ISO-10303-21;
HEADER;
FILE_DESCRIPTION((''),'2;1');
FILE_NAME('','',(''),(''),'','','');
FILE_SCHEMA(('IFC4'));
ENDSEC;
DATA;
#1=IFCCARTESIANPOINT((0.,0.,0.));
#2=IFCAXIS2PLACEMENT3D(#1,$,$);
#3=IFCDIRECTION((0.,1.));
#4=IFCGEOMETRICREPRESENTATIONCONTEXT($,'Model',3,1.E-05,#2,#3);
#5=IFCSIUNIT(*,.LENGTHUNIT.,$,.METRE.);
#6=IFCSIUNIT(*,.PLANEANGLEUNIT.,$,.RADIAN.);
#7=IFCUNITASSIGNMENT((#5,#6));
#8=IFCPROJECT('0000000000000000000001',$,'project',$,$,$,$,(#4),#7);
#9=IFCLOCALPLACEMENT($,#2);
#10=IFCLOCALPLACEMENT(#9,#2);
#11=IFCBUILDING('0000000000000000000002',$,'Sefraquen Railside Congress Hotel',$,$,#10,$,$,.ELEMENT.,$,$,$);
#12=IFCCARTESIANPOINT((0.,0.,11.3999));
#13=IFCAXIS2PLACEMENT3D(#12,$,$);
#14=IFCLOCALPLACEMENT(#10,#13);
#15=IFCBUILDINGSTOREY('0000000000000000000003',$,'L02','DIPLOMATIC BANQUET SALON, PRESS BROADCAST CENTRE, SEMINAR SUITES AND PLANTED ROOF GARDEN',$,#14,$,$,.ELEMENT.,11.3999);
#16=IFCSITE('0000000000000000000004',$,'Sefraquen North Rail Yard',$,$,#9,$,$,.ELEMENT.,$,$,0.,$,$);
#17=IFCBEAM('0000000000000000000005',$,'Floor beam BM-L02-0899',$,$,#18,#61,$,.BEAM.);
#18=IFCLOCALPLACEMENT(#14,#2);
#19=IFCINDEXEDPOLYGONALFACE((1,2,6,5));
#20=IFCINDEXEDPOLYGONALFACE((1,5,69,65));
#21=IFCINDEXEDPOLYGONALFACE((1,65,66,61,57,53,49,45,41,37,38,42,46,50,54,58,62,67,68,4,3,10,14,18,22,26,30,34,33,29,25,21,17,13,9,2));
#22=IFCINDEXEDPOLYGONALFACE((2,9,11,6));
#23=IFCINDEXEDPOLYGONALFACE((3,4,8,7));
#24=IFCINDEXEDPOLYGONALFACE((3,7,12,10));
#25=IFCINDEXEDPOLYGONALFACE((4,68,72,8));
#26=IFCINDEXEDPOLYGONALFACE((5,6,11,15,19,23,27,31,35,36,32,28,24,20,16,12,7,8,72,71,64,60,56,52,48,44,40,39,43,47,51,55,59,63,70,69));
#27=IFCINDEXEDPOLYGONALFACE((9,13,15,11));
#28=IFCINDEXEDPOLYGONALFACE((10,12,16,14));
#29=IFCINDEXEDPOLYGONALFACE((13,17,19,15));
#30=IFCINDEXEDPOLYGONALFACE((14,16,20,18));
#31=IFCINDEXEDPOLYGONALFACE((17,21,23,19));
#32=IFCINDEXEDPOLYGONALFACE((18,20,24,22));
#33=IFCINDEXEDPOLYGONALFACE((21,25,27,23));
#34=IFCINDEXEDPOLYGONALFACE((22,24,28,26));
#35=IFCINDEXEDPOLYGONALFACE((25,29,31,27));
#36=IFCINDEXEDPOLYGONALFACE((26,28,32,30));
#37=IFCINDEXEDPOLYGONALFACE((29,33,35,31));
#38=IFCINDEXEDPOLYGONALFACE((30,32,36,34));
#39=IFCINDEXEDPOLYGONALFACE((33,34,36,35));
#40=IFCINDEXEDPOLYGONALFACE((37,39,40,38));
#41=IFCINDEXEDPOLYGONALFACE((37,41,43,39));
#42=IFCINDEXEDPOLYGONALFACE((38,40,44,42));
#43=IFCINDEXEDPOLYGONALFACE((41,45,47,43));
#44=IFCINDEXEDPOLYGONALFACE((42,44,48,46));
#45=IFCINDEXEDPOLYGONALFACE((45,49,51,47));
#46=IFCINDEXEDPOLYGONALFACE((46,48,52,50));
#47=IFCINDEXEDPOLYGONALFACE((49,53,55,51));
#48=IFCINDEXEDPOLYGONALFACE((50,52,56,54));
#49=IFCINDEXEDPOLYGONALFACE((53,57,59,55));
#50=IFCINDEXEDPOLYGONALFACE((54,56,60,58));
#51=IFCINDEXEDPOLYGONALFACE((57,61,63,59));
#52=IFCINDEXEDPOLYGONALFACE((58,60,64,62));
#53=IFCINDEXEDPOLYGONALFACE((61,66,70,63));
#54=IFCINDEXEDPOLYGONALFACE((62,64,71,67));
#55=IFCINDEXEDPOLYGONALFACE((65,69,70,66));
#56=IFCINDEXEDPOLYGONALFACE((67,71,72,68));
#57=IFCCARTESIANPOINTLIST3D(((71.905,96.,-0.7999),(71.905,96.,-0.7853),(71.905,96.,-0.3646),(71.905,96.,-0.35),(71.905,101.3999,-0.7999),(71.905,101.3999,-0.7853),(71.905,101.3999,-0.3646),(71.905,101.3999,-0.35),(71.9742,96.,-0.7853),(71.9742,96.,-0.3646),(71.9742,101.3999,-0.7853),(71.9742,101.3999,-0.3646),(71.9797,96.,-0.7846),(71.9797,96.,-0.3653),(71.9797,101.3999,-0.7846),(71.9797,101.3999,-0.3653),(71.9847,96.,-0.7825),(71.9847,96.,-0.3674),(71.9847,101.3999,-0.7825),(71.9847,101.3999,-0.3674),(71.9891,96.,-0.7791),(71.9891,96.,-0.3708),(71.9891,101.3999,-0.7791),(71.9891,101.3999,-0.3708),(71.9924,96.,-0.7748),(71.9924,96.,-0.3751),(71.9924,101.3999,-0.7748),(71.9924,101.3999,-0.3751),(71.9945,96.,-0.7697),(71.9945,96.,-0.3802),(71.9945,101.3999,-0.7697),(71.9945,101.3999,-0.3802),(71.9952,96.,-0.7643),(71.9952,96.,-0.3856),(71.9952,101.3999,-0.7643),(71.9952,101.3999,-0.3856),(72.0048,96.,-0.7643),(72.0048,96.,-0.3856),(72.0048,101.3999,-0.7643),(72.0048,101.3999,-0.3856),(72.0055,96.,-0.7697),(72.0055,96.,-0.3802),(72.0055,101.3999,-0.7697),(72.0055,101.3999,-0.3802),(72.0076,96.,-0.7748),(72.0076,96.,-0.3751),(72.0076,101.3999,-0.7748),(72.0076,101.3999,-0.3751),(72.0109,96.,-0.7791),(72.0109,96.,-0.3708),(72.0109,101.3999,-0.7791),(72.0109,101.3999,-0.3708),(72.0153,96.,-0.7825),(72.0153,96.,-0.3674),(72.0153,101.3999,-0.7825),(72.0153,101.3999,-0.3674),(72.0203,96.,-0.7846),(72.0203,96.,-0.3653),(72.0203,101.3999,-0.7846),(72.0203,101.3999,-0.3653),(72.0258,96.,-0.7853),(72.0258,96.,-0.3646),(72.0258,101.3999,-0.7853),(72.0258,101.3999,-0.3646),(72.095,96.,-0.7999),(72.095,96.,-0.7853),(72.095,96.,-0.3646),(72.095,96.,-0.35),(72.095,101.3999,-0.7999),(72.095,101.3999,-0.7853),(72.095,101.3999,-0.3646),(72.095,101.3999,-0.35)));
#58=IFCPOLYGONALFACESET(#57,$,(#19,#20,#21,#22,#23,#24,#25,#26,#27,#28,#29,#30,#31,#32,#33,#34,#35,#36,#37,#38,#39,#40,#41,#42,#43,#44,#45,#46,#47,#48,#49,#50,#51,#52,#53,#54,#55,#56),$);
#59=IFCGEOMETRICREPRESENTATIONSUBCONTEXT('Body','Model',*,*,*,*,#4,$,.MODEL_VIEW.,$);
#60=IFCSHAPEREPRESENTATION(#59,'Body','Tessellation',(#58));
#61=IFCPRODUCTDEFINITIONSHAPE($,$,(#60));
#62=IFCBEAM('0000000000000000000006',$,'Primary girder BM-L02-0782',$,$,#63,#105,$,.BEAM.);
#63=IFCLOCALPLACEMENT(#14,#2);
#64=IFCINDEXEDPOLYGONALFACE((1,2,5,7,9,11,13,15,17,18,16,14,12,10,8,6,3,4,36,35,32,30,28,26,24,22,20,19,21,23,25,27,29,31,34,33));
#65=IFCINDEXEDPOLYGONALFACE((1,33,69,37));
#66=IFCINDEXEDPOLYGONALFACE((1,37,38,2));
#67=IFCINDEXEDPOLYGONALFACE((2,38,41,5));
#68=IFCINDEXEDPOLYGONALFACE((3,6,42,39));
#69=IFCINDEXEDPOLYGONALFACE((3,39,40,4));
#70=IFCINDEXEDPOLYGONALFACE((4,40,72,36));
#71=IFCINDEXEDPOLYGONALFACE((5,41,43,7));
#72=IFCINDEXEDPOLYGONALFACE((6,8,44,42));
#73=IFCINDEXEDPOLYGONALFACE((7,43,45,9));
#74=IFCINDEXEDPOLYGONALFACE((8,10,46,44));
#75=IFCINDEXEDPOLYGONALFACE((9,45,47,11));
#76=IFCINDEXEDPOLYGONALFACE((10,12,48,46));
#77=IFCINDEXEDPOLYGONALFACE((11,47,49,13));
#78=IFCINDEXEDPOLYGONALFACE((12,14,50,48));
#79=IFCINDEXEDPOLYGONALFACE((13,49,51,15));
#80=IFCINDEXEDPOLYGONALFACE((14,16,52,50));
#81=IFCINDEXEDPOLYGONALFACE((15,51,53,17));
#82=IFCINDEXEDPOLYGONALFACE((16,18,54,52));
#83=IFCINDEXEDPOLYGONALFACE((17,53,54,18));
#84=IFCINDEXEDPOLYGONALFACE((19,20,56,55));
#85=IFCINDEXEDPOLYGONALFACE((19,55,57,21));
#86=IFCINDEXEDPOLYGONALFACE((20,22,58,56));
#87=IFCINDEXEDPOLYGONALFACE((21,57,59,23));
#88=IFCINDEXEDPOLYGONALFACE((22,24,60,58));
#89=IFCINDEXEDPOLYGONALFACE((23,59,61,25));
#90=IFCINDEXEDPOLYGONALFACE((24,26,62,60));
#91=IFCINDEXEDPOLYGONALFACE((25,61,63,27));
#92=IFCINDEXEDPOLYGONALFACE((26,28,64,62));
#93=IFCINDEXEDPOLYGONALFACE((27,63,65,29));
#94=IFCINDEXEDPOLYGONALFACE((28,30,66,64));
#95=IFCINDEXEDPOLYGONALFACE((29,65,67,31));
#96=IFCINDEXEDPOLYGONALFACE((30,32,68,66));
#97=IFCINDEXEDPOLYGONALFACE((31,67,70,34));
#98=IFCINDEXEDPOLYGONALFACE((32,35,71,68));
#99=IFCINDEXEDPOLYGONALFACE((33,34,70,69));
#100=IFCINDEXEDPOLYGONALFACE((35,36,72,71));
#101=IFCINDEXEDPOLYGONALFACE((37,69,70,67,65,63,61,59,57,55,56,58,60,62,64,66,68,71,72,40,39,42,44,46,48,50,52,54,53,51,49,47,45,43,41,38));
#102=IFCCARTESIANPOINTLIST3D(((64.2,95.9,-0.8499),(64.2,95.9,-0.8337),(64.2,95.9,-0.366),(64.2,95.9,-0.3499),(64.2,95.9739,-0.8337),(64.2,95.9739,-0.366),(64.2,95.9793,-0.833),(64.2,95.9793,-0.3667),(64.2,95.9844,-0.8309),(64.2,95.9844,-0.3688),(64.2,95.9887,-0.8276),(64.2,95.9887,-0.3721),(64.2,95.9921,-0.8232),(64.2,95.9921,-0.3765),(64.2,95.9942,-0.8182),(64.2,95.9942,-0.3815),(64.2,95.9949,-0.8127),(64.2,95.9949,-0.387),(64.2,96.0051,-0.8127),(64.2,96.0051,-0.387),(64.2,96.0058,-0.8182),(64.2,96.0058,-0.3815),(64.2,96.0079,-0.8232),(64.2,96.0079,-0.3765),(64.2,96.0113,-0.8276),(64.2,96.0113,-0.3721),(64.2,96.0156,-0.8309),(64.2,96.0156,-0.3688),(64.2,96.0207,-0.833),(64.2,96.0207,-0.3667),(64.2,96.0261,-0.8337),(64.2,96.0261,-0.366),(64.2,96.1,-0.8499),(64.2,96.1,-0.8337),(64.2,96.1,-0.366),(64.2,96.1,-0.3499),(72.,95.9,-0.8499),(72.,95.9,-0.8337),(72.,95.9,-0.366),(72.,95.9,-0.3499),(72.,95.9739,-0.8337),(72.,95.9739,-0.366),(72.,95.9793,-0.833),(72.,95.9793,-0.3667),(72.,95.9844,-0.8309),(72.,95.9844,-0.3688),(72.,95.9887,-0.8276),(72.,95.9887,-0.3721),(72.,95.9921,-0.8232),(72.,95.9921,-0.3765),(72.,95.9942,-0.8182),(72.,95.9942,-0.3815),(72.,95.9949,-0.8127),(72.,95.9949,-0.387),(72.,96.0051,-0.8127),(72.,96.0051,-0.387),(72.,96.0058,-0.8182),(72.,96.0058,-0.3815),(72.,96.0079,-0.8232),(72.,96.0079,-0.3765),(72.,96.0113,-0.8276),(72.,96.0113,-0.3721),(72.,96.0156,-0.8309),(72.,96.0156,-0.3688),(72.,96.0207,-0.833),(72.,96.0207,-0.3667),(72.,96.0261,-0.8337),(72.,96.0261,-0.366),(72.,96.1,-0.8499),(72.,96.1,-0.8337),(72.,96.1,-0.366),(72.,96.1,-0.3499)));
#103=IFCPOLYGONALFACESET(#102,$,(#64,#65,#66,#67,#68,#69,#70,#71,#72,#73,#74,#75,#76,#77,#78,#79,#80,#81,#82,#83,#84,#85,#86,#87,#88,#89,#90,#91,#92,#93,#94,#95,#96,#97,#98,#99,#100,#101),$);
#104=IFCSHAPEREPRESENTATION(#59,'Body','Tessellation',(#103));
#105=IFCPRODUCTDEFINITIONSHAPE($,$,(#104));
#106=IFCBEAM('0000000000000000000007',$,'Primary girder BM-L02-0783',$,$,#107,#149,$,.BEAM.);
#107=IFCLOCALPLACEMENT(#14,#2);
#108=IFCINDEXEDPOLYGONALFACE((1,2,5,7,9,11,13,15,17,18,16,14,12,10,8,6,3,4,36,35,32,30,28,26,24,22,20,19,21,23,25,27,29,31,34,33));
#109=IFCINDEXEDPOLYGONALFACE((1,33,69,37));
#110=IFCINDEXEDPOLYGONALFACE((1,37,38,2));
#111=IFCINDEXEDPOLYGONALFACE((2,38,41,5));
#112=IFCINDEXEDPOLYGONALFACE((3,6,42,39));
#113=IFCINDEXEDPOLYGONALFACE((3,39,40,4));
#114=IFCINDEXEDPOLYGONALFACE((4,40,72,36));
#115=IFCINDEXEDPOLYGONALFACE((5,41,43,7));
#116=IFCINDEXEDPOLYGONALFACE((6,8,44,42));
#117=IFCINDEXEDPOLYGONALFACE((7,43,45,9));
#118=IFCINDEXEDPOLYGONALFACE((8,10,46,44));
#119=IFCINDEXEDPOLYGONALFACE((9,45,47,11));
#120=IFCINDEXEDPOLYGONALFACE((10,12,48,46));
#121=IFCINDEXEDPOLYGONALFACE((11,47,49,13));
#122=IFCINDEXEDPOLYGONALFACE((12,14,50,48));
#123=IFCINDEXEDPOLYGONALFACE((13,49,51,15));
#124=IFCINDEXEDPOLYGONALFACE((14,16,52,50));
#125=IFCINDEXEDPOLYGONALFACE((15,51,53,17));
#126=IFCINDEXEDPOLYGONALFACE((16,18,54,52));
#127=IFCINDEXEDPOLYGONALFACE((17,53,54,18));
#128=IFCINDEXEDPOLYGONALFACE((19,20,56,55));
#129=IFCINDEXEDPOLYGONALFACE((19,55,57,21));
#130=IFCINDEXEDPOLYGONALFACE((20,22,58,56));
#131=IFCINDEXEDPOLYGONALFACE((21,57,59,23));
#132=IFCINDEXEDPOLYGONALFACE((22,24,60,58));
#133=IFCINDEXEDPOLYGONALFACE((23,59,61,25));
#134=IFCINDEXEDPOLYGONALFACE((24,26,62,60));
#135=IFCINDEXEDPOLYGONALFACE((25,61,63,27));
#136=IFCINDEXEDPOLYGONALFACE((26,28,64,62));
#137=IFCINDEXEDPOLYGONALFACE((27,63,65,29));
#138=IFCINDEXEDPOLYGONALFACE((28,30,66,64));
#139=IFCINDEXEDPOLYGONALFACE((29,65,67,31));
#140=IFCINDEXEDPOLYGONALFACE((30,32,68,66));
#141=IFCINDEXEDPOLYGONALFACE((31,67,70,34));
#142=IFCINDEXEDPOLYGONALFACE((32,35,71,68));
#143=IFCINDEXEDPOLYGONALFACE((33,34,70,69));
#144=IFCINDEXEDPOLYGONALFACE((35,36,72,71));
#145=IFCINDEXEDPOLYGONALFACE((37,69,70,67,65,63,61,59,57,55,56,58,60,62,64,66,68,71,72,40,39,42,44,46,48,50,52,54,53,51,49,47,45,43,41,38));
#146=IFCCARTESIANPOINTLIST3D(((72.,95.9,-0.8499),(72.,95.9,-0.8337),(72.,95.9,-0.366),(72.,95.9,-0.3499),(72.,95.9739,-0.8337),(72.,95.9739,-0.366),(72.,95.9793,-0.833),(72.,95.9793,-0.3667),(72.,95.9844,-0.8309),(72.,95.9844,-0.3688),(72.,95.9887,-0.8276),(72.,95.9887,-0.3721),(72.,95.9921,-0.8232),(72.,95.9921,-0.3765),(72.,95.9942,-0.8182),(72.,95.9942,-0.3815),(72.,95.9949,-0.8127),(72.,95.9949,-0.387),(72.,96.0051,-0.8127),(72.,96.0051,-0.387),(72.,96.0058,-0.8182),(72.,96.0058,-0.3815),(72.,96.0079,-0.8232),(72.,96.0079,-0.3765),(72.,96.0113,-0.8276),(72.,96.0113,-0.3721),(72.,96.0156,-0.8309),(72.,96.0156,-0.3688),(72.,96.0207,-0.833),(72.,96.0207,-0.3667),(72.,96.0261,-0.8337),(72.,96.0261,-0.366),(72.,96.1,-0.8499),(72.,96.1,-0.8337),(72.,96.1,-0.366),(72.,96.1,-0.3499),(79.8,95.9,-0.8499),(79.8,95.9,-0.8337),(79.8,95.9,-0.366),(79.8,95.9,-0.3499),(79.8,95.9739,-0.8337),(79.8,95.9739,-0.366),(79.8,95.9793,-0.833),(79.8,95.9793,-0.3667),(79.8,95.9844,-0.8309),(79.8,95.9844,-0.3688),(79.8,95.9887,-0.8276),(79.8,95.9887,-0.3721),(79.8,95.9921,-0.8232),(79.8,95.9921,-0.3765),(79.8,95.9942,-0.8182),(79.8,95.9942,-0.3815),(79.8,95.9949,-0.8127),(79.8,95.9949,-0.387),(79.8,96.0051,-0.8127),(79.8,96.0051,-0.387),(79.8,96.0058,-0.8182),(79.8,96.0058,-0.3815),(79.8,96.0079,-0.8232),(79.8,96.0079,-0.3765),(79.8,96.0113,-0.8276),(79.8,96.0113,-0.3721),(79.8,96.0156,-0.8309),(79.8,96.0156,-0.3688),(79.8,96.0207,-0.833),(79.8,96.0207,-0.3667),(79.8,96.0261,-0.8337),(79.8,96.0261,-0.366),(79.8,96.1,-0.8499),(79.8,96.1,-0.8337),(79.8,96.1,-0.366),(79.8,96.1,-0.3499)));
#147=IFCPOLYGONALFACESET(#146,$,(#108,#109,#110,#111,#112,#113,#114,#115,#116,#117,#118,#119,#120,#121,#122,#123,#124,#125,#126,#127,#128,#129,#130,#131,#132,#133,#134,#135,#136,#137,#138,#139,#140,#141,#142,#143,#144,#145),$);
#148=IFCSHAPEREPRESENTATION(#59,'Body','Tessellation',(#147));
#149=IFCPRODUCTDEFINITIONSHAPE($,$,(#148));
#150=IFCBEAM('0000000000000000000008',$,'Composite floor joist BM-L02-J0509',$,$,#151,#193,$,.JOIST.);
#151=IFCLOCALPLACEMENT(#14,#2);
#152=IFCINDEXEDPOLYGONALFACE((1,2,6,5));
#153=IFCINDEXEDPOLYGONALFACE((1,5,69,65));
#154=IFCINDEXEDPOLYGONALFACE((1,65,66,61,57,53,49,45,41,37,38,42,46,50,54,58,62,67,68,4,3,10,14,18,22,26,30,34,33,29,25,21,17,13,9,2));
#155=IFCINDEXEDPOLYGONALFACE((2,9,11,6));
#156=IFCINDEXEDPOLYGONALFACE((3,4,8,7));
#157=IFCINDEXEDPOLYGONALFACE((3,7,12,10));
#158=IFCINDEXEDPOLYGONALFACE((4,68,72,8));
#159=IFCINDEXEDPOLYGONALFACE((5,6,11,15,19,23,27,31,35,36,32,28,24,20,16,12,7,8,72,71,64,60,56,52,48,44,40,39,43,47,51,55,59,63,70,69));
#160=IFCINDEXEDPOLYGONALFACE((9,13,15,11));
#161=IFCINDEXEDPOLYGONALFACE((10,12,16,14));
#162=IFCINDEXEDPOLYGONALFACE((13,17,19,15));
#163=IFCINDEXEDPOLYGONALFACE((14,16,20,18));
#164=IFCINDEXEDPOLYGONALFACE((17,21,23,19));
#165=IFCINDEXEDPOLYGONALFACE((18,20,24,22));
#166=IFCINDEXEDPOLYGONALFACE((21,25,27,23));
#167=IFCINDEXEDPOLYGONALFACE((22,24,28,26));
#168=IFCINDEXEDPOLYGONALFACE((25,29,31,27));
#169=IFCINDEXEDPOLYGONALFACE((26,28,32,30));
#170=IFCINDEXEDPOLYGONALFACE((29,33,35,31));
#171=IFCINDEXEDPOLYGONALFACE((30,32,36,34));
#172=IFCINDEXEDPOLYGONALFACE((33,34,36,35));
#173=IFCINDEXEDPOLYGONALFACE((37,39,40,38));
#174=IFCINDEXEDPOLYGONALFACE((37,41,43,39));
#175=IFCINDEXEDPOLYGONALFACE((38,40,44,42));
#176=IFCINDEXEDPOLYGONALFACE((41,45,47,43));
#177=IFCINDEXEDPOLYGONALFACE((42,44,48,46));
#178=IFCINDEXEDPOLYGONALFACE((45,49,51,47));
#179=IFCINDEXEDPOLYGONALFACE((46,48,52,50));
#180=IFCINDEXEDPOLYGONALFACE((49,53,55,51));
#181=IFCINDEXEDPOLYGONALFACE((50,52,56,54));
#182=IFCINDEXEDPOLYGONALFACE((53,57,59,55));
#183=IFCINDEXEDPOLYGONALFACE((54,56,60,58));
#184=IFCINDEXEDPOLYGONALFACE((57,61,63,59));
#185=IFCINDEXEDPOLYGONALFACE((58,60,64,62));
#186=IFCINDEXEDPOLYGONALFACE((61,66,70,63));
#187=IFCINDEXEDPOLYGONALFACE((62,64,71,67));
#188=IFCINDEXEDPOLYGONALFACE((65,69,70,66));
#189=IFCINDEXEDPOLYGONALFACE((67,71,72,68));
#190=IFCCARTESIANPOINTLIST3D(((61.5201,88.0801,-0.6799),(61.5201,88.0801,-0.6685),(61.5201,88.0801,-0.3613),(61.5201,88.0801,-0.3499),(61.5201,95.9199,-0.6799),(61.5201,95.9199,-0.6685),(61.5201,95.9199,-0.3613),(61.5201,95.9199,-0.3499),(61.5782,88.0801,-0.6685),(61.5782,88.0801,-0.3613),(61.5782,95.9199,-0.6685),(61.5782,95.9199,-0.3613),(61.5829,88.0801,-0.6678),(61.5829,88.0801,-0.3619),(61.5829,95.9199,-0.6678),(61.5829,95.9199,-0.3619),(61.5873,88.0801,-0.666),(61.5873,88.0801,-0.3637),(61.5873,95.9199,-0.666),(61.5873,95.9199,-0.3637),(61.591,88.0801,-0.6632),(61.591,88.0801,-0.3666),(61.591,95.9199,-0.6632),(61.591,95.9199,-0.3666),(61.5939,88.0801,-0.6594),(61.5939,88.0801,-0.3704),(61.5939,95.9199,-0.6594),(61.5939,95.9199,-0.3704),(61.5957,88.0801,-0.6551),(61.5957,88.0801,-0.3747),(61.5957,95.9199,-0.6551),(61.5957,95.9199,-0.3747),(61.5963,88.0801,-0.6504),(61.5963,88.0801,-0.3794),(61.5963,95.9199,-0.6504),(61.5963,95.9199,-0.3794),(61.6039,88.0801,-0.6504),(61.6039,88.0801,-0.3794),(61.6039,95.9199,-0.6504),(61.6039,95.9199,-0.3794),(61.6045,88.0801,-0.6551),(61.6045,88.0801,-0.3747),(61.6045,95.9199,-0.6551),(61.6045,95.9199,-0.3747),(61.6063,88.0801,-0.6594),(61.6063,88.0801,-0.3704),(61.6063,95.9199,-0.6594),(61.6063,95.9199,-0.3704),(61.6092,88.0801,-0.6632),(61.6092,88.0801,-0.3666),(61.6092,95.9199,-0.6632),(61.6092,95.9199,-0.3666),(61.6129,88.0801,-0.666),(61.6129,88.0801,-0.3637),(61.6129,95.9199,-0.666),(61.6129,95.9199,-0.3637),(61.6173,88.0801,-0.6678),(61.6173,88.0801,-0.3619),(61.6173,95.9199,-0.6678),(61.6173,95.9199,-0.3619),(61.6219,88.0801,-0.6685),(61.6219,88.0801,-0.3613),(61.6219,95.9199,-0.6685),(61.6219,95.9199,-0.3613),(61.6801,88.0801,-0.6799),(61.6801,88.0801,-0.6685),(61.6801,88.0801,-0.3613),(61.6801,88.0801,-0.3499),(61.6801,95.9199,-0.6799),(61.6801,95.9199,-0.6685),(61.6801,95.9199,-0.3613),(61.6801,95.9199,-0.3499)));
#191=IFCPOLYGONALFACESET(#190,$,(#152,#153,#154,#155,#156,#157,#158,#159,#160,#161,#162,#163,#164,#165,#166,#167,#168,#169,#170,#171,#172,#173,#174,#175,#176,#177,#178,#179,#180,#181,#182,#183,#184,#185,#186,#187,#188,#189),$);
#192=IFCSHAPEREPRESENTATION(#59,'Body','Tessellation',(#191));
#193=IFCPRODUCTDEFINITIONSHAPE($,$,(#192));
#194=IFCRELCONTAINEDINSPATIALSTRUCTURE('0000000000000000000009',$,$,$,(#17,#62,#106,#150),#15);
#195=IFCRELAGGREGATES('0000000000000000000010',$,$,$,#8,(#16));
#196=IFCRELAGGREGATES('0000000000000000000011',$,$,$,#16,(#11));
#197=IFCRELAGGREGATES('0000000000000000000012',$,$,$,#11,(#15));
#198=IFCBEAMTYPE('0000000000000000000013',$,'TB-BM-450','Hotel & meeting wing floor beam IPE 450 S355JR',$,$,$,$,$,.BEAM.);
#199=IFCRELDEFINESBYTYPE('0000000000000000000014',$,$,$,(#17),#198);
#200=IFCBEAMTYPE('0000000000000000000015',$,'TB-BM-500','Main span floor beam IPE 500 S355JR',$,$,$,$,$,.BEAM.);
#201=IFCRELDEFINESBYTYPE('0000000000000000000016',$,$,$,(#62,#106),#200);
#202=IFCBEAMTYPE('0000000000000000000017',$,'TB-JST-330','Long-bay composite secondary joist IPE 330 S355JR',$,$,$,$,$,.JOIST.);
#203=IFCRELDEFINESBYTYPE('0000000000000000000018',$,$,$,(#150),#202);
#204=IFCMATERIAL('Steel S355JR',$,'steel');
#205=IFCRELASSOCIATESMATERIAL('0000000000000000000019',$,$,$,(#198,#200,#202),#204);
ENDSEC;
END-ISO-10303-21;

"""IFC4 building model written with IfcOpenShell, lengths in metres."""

from ifc_helpers import new_model, si_unit, direction, frame, origin, origin_2d, place, context, subcontext, project, spatial, i_section, extrude, material, material_profile, profile_set, type_object, element, save


model = new_model("IFC4")

# Units and contexts
model_context = context("Model", 3, precision=1e-05, world=origin(), true_north=direction((0.0, 1.0)))
body_context = subcontext(model_context, "Body", "Model", "MODEL_VIEW")
ifc_project = project(units=[si_unit("LENGTHUNIT", "METRE"), si_unit("PLANEANGLEUNIT", "RADIAN")], contexts=[model_context])

# Site, building, storey
site_placement = place(None, origin())
site = spatial("IfcSite", under=ifc_project, at=site_placement, Name="Sefraquen North Rail Yard", CompositionType="ELEMENT", RefElevation=0.0)
building_placement = place(site_placement, origin())
building = spatial("IfcBuilding", under=site, at=building_placement, Name="Sefraquen Railside Congress Hotel", CompositionType="ELEMENT")
storey_placement = place(building_placement, frame((0.0, 0.0, 11.3999)))
storey = spatial("IfcBuildingStorey", under=building, at=storey_placement, Name="L02", Description="DIPLOMATIC BANQUET SALON, PRESS BROADCAST CENTRE, SEMINAR SUITES AND PLANTED ROOF GARDEN", CompositionType="ELEMENT", Elevation=11.3999)

# Shared definitions
ifc_material_1 = material(Name="Steel S355JR", Category="steel")

# Beams
ifc_material_profile_1 = material_profile(ifc_material_1, i_section(OverallWidth=0.1899, OverallDepth=0.45, WebThickness=0.0095, FlangeThickness=0.0146, FilletRadius=0.021, at=origin_2d()), Name="IPE 450")
ifc_profile_set_1 = profile_set([ifc_material_profile_1], Name="Steel S355JR")
beam_type_1 = type_object("IfcBeamType", Name="TB-BM-450", Description="Hotel & meeting wing floor beam IPE 450 S355JR", PredefinedType="BEAM", material=ifc_profile_set_1)
for number, where, z_axis, x_axis, name in (
    (1, (72.0, 96.0, -0.575), (0.0, 1.0, 0.0), (-1.0, 0.0, 0.0), "Floor beam BM-L02-0899"),
):
    element("IfcBeam", number, at=place(storey_placement, frame(where, z_axis=z_axis, x_axis=x_axis)), inside=storey, type_object=beam_type_1, Name=name, PredefinedType="BEAM", context=body_context, shape_type="SweptSolid", body=[
        extrude(i_section(OverallWidth=0.1899, OverallDepth=0.45, WebThickness=0.0095, FlangeThickness=0.0146, FilletRadius=0.021, at=origin_2d()), origin(), (0.0, 0.0, 1.0), 5.3999),
    ])
ifc_material_profile_2 = material_profile(ifc_material_1, i_section(OverallWidth=0.2, OverallDepth=0.5, WebThickness=0.0103, FlangeThickness=0.0161, FilletRadius=0.021, at=origin_2d()), Name="IPE 500")
ifc_profile_set_2 = profile_set([ifc_material_profile_2], Name="Steel S355JR")
beam_type_2 = type_object("IfcBeamType", Name="TB-BM-500", Description="Main span floor beam IPE 500 S355JR", PredefinedType="BEAM", material=ifc_profile_set_2)
for number, where, z_axis, x_axis, name in (
    (2, (64.2, 96.0, -0.5999), (1.0, 0.0, 0.0), (0.0, 1.0, 0.0), "Primary girder BM-L02-0782"),
    (3, (72.0, 96.0, -0.5999), (1.0, 0.0, 0.0), (0.0, 1.0, 0.0), "Primary girder BM-L02-0783"),
):
    element("IfcBeam", number, at=place(storey_placement, frame(where, z_axis=z_axis, x_axis=x_axis)), inside=storey, type_object=beam_type_2, Name=name, PredefinedType="BEAM", context=body_context, shape_type="SweptSolid", body=[
        extrude(i_section(OverallWidth=0.2, OverallDepth=0.5, WebThickness=0.0103, FlangeThickness=0.0161, FilletRadius=0.021, at=origin_2d()), origin(), (0.0, 0.0, 1.0), 7.8),
    ])
ifc_material_profile_3 = material_profile(ifc_material_1, i_section(OverallWidth=0.1599, OverallDepth=0.3301, WebThickness=0.0076, FlangeThickness=0.0115, FilletRadius=0.0181, at=origin_2d()), Name="IPE 330")
ifc_profile_set_3 = profile_set([ifc_material_profile_3], Name="Steel S355JR")
beam_type_3 = type_object("IfcBeamType", Name="TB-JST-330", Description="Long-bay composite secondary joist IPE 330 S355JR", PredefinedType="JOIST", material=ifc_profile_set_3)
beam_1_placement = place(storey_placement, frame((61.6001, 88.0801, -0.5149), z_axis=(0.0, 1.0, 0.0), x_axis=(-1.0, 0.0, 0.0)))
element("IfcBeam", 4, at=beam_1_placement, inside=storey, type_object=beam_type_3, Name="Composite floor joist BM-L02-J0509", PredefinedType="JOIST", context=body_context, shape_type="SweptSolid", body=[
    extrude(i_section(OverallWidth=0.1599, OverallDepth=0.3301, WebThickness=0.0076, FlangeThickness=0.0115, FilletRadius=0.0181, at=origin_2d()), origin(), (0.0, 0.0, 1.0), 7.8398),
])

save(model, "model.ifc")
